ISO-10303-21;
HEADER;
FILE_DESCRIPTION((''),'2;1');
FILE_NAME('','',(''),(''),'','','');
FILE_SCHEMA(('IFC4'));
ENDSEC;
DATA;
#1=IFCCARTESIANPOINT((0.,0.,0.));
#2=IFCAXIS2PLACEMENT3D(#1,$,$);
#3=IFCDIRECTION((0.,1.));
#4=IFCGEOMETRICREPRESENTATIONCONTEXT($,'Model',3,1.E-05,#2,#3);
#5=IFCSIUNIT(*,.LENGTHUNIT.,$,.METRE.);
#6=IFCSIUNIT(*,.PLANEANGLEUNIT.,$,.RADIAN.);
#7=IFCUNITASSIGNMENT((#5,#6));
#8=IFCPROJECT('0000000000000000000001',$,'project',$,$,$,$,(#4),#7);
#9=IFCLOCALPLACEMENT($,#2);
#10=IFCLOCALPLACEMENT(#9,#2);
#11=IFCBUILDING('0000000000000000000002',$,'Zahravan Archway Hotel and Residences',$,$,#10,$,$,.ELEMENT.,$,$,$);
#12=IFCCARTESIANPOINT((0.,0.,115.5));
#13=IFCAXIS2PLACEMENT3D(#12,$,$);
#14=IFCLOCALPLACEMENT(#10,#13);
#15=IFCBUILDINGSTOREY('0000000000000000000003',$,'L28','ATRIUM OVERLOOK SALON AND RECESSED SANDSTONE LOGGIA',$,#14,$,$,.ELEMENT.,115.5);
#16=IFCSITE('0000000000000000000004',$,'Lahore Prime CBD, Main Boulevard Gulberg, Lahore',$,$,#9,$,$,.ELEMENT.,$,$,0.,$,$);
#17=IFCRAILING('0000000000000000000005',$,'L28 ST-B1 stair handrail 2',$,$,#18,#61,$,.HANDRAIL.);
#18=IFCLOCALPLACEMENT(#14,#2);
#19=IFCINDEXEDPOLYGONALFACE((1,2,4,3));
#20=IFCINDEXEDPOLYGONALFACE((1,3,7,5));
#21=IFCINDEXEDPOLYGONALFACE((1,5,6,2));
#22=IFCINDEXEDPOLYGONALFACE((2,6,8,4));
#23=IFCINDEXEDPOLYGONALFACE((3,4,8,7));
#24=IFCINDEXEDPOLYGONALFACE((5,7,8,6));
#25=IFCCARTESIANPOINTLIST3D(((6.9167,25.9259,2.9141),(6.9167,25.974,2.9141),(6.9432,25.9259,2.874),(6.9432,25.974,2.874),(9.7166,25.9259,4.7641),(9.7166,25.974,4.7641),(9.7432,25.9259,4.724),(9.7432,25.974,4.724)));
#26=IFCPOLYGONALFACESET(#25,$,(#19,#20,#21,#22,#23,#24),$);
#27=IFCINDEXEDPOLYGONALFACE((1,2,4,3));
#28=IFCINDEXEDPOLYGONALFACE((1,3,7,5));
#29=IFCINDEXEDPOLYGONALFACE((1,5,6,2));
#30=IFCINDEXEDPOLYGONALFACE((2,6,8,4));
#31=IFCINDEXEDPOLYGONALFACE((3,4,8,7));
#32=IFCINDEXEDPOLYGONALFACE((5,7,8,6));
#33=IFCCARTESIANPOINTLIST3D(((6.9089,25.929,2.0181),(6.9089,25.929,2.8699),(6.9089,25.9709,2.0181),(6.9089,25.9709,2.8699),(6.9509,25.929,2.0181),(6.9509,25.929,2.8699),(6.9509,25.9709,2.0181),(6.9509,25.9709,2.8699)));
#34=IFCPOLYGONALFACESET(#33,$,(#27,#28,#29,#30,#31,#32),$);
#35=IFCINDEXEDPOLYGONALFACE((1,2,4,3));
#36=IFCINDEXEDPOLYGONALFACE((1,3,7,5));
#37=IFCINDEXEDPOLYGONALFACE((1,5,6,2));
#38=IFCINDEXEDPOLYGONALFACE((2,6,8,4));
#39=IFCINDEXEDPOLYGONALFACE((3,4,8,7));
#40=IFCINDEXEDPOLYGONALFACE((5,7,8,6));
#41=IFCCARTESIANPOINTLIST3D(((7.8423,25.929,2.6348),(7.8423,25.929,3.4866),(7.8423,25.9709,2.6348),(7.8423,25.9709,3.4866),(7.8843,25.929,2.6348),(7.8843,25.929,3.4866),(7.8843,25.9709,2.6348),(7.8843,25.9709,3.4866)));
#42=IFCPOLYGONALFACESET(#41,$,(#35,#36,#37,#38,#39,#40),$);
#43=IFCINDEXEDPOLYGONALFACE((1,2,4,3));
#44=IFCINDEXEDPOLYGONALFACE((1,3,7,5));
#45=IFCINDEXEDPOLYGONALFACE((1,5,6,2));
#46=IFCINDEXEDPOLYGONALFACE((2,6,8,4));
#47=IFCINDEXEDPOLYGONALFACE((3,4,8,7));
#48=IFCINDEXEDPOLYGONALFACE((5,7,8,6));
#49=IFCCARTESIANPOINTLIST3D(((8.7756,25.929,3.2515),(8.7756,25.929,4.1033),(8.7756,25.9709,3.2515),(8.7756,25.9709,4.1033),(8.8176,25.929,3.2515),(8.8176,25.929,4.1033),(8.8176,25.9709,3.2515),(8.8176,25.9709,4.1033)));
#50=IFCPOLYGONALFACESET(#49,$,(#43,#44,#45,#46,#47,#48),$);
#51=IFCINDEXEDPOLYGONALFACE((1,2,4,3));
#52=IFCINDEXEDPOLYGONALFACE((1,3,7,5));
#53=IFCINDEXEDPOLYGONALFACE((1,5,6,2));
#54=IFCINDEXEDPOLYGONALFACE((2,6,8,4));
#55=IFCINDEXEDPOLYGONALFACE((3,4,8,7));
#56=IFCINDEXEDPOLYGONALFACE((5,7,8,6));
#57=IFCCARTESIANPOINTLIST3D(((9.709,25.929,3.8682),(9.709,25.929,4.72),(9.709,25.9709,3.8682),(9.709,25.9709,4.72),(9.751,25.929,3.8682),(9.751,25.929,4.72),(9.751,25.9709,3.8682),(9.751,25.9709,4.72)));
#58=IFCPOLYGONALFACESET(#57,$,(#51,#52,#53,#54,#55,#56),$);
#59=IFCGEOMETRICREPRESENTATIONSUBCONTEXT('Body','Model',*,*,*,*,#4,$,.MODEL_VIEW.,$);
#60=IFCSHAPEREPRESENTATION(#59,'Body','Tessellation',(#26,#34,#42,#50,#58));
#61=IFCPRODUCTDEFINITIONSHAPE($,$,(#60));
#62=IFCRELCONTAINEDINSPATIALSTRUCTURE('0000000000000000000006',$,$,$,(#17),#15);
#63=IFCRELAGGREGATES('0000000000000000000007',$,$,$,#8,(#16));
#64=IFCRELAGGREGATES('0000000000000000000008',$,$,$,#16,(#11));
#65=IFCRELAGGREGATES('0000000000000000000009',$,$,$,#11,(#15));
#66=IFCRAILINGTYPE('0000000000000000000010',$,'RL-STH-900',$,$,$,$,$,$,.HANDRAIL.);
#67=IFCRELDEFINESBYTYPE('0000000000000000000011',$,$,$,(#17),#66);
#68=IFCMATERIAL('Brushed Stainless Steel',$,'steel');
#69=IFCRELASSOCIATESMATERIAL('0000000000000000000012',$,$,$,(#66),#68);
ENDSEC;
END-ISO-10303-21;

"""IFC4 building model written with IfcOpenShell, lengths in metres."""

from ifc_helpers import new_model, si_unit, direction, frame, origin, origin_2d, place, context, subcontext, project, spatial, rectangle, extrude, material, type_object, element, save


model = new_model("IFC4")

# Units and contexts
model_context = context("Model", 3, precision=1e-05, world=origin(), true_north=direction((0.0, 1.0)))
body_context = subcontext(model_context, "Body", "Model", "MODEL_VIEW")
ifc_project = project(units=[si_unit("LENGTHUNIT", "METRE"), si_unit("PLANEANGLEUNIT", "RADIAN")], contexts=[model_context])

# Site, building, storey
site_placement = place(None, origin())
site = spatial("IfcSite", under=ifc_project, at=site_placement, Name="Lahore Prime CBD, Main Boulevard Gulberg, Lahore", CompositionType="ELEMENT", RefElevation=0.0)
building_placement = place(site_placement, origin())
building = spatial("IfcBuilding", under=site, at=building_placement, Name="Zahravan Archway Hotel and Residences", CompositionType="ELEMENT")
storey_placement = place(building_placement, frame((0.0, 0.0, 115.5)))
storey = spatial("IfcBuildingStorey", under=building, at=storey_placement, Name="L28", Description="ATRIUM OVERLOOK SALON AND RECESSED SANDSTONE LOGGIA", CompositionType="ELEMENT", Elevation=115.5)

# Shared definitions
ifc_material_1 = material(Name="Brushed Stainless Steel", Category="steel")

# Railing
railing_type_1 = type_object("IfcRailingType", Name="RL-STH-900", PredefinedType="HANDRAIL", material=ifc_material_1)
railing_1_placement = place(storey_placement, frame((6.9299, 25.95, 2.0181)))
element("IfcRailing", 1, at=railing_1_placement, inside=storey, type_object=railing_type_1, Name="L28 ST-B1 stair handrail 2", PredefinedType="HANDRAIL", context=body_context, shape_type="SweptSolid", body=[
    extrude(rectangle(XDim=0.0481, YDim=0.0481, at=origin_2d()), frame((0.0, 0.0, 0.876), z_axis=(0.834326, 0.0, 0.551271), x_axis=(0.0, 1.0, 0.0)), (0.0, 0.0, 1.0), 3.356),
    extrude(rectangle(XDim=0.042, YDim=0.042, at=origin_2d()), origin(), (0.0, 0.0, 1.0), 0.8518),
    extrude(rectangle(XDim=0.042, YDim=0.042, at=origin_2d()), frame((0.9333, 0.0, 0.6167)), (0.0, 0.0, 1.0), 0.8518),
    extrude(rectangle(XDim=0.042, YDim=0.042, at=origin_2d()), frame((1.8667, 0.0, 1.2334)), (0.0, 0.0, 1.0), 0.8518),
    extrude(rectangle(XDim=0.042, YDim=0.042, at=origin_2d()), frame((2.8, 0.0, 1.8501)), (0.0, 0.0, 1.0), 0.8518),
])

save(model, "model.ifc")
